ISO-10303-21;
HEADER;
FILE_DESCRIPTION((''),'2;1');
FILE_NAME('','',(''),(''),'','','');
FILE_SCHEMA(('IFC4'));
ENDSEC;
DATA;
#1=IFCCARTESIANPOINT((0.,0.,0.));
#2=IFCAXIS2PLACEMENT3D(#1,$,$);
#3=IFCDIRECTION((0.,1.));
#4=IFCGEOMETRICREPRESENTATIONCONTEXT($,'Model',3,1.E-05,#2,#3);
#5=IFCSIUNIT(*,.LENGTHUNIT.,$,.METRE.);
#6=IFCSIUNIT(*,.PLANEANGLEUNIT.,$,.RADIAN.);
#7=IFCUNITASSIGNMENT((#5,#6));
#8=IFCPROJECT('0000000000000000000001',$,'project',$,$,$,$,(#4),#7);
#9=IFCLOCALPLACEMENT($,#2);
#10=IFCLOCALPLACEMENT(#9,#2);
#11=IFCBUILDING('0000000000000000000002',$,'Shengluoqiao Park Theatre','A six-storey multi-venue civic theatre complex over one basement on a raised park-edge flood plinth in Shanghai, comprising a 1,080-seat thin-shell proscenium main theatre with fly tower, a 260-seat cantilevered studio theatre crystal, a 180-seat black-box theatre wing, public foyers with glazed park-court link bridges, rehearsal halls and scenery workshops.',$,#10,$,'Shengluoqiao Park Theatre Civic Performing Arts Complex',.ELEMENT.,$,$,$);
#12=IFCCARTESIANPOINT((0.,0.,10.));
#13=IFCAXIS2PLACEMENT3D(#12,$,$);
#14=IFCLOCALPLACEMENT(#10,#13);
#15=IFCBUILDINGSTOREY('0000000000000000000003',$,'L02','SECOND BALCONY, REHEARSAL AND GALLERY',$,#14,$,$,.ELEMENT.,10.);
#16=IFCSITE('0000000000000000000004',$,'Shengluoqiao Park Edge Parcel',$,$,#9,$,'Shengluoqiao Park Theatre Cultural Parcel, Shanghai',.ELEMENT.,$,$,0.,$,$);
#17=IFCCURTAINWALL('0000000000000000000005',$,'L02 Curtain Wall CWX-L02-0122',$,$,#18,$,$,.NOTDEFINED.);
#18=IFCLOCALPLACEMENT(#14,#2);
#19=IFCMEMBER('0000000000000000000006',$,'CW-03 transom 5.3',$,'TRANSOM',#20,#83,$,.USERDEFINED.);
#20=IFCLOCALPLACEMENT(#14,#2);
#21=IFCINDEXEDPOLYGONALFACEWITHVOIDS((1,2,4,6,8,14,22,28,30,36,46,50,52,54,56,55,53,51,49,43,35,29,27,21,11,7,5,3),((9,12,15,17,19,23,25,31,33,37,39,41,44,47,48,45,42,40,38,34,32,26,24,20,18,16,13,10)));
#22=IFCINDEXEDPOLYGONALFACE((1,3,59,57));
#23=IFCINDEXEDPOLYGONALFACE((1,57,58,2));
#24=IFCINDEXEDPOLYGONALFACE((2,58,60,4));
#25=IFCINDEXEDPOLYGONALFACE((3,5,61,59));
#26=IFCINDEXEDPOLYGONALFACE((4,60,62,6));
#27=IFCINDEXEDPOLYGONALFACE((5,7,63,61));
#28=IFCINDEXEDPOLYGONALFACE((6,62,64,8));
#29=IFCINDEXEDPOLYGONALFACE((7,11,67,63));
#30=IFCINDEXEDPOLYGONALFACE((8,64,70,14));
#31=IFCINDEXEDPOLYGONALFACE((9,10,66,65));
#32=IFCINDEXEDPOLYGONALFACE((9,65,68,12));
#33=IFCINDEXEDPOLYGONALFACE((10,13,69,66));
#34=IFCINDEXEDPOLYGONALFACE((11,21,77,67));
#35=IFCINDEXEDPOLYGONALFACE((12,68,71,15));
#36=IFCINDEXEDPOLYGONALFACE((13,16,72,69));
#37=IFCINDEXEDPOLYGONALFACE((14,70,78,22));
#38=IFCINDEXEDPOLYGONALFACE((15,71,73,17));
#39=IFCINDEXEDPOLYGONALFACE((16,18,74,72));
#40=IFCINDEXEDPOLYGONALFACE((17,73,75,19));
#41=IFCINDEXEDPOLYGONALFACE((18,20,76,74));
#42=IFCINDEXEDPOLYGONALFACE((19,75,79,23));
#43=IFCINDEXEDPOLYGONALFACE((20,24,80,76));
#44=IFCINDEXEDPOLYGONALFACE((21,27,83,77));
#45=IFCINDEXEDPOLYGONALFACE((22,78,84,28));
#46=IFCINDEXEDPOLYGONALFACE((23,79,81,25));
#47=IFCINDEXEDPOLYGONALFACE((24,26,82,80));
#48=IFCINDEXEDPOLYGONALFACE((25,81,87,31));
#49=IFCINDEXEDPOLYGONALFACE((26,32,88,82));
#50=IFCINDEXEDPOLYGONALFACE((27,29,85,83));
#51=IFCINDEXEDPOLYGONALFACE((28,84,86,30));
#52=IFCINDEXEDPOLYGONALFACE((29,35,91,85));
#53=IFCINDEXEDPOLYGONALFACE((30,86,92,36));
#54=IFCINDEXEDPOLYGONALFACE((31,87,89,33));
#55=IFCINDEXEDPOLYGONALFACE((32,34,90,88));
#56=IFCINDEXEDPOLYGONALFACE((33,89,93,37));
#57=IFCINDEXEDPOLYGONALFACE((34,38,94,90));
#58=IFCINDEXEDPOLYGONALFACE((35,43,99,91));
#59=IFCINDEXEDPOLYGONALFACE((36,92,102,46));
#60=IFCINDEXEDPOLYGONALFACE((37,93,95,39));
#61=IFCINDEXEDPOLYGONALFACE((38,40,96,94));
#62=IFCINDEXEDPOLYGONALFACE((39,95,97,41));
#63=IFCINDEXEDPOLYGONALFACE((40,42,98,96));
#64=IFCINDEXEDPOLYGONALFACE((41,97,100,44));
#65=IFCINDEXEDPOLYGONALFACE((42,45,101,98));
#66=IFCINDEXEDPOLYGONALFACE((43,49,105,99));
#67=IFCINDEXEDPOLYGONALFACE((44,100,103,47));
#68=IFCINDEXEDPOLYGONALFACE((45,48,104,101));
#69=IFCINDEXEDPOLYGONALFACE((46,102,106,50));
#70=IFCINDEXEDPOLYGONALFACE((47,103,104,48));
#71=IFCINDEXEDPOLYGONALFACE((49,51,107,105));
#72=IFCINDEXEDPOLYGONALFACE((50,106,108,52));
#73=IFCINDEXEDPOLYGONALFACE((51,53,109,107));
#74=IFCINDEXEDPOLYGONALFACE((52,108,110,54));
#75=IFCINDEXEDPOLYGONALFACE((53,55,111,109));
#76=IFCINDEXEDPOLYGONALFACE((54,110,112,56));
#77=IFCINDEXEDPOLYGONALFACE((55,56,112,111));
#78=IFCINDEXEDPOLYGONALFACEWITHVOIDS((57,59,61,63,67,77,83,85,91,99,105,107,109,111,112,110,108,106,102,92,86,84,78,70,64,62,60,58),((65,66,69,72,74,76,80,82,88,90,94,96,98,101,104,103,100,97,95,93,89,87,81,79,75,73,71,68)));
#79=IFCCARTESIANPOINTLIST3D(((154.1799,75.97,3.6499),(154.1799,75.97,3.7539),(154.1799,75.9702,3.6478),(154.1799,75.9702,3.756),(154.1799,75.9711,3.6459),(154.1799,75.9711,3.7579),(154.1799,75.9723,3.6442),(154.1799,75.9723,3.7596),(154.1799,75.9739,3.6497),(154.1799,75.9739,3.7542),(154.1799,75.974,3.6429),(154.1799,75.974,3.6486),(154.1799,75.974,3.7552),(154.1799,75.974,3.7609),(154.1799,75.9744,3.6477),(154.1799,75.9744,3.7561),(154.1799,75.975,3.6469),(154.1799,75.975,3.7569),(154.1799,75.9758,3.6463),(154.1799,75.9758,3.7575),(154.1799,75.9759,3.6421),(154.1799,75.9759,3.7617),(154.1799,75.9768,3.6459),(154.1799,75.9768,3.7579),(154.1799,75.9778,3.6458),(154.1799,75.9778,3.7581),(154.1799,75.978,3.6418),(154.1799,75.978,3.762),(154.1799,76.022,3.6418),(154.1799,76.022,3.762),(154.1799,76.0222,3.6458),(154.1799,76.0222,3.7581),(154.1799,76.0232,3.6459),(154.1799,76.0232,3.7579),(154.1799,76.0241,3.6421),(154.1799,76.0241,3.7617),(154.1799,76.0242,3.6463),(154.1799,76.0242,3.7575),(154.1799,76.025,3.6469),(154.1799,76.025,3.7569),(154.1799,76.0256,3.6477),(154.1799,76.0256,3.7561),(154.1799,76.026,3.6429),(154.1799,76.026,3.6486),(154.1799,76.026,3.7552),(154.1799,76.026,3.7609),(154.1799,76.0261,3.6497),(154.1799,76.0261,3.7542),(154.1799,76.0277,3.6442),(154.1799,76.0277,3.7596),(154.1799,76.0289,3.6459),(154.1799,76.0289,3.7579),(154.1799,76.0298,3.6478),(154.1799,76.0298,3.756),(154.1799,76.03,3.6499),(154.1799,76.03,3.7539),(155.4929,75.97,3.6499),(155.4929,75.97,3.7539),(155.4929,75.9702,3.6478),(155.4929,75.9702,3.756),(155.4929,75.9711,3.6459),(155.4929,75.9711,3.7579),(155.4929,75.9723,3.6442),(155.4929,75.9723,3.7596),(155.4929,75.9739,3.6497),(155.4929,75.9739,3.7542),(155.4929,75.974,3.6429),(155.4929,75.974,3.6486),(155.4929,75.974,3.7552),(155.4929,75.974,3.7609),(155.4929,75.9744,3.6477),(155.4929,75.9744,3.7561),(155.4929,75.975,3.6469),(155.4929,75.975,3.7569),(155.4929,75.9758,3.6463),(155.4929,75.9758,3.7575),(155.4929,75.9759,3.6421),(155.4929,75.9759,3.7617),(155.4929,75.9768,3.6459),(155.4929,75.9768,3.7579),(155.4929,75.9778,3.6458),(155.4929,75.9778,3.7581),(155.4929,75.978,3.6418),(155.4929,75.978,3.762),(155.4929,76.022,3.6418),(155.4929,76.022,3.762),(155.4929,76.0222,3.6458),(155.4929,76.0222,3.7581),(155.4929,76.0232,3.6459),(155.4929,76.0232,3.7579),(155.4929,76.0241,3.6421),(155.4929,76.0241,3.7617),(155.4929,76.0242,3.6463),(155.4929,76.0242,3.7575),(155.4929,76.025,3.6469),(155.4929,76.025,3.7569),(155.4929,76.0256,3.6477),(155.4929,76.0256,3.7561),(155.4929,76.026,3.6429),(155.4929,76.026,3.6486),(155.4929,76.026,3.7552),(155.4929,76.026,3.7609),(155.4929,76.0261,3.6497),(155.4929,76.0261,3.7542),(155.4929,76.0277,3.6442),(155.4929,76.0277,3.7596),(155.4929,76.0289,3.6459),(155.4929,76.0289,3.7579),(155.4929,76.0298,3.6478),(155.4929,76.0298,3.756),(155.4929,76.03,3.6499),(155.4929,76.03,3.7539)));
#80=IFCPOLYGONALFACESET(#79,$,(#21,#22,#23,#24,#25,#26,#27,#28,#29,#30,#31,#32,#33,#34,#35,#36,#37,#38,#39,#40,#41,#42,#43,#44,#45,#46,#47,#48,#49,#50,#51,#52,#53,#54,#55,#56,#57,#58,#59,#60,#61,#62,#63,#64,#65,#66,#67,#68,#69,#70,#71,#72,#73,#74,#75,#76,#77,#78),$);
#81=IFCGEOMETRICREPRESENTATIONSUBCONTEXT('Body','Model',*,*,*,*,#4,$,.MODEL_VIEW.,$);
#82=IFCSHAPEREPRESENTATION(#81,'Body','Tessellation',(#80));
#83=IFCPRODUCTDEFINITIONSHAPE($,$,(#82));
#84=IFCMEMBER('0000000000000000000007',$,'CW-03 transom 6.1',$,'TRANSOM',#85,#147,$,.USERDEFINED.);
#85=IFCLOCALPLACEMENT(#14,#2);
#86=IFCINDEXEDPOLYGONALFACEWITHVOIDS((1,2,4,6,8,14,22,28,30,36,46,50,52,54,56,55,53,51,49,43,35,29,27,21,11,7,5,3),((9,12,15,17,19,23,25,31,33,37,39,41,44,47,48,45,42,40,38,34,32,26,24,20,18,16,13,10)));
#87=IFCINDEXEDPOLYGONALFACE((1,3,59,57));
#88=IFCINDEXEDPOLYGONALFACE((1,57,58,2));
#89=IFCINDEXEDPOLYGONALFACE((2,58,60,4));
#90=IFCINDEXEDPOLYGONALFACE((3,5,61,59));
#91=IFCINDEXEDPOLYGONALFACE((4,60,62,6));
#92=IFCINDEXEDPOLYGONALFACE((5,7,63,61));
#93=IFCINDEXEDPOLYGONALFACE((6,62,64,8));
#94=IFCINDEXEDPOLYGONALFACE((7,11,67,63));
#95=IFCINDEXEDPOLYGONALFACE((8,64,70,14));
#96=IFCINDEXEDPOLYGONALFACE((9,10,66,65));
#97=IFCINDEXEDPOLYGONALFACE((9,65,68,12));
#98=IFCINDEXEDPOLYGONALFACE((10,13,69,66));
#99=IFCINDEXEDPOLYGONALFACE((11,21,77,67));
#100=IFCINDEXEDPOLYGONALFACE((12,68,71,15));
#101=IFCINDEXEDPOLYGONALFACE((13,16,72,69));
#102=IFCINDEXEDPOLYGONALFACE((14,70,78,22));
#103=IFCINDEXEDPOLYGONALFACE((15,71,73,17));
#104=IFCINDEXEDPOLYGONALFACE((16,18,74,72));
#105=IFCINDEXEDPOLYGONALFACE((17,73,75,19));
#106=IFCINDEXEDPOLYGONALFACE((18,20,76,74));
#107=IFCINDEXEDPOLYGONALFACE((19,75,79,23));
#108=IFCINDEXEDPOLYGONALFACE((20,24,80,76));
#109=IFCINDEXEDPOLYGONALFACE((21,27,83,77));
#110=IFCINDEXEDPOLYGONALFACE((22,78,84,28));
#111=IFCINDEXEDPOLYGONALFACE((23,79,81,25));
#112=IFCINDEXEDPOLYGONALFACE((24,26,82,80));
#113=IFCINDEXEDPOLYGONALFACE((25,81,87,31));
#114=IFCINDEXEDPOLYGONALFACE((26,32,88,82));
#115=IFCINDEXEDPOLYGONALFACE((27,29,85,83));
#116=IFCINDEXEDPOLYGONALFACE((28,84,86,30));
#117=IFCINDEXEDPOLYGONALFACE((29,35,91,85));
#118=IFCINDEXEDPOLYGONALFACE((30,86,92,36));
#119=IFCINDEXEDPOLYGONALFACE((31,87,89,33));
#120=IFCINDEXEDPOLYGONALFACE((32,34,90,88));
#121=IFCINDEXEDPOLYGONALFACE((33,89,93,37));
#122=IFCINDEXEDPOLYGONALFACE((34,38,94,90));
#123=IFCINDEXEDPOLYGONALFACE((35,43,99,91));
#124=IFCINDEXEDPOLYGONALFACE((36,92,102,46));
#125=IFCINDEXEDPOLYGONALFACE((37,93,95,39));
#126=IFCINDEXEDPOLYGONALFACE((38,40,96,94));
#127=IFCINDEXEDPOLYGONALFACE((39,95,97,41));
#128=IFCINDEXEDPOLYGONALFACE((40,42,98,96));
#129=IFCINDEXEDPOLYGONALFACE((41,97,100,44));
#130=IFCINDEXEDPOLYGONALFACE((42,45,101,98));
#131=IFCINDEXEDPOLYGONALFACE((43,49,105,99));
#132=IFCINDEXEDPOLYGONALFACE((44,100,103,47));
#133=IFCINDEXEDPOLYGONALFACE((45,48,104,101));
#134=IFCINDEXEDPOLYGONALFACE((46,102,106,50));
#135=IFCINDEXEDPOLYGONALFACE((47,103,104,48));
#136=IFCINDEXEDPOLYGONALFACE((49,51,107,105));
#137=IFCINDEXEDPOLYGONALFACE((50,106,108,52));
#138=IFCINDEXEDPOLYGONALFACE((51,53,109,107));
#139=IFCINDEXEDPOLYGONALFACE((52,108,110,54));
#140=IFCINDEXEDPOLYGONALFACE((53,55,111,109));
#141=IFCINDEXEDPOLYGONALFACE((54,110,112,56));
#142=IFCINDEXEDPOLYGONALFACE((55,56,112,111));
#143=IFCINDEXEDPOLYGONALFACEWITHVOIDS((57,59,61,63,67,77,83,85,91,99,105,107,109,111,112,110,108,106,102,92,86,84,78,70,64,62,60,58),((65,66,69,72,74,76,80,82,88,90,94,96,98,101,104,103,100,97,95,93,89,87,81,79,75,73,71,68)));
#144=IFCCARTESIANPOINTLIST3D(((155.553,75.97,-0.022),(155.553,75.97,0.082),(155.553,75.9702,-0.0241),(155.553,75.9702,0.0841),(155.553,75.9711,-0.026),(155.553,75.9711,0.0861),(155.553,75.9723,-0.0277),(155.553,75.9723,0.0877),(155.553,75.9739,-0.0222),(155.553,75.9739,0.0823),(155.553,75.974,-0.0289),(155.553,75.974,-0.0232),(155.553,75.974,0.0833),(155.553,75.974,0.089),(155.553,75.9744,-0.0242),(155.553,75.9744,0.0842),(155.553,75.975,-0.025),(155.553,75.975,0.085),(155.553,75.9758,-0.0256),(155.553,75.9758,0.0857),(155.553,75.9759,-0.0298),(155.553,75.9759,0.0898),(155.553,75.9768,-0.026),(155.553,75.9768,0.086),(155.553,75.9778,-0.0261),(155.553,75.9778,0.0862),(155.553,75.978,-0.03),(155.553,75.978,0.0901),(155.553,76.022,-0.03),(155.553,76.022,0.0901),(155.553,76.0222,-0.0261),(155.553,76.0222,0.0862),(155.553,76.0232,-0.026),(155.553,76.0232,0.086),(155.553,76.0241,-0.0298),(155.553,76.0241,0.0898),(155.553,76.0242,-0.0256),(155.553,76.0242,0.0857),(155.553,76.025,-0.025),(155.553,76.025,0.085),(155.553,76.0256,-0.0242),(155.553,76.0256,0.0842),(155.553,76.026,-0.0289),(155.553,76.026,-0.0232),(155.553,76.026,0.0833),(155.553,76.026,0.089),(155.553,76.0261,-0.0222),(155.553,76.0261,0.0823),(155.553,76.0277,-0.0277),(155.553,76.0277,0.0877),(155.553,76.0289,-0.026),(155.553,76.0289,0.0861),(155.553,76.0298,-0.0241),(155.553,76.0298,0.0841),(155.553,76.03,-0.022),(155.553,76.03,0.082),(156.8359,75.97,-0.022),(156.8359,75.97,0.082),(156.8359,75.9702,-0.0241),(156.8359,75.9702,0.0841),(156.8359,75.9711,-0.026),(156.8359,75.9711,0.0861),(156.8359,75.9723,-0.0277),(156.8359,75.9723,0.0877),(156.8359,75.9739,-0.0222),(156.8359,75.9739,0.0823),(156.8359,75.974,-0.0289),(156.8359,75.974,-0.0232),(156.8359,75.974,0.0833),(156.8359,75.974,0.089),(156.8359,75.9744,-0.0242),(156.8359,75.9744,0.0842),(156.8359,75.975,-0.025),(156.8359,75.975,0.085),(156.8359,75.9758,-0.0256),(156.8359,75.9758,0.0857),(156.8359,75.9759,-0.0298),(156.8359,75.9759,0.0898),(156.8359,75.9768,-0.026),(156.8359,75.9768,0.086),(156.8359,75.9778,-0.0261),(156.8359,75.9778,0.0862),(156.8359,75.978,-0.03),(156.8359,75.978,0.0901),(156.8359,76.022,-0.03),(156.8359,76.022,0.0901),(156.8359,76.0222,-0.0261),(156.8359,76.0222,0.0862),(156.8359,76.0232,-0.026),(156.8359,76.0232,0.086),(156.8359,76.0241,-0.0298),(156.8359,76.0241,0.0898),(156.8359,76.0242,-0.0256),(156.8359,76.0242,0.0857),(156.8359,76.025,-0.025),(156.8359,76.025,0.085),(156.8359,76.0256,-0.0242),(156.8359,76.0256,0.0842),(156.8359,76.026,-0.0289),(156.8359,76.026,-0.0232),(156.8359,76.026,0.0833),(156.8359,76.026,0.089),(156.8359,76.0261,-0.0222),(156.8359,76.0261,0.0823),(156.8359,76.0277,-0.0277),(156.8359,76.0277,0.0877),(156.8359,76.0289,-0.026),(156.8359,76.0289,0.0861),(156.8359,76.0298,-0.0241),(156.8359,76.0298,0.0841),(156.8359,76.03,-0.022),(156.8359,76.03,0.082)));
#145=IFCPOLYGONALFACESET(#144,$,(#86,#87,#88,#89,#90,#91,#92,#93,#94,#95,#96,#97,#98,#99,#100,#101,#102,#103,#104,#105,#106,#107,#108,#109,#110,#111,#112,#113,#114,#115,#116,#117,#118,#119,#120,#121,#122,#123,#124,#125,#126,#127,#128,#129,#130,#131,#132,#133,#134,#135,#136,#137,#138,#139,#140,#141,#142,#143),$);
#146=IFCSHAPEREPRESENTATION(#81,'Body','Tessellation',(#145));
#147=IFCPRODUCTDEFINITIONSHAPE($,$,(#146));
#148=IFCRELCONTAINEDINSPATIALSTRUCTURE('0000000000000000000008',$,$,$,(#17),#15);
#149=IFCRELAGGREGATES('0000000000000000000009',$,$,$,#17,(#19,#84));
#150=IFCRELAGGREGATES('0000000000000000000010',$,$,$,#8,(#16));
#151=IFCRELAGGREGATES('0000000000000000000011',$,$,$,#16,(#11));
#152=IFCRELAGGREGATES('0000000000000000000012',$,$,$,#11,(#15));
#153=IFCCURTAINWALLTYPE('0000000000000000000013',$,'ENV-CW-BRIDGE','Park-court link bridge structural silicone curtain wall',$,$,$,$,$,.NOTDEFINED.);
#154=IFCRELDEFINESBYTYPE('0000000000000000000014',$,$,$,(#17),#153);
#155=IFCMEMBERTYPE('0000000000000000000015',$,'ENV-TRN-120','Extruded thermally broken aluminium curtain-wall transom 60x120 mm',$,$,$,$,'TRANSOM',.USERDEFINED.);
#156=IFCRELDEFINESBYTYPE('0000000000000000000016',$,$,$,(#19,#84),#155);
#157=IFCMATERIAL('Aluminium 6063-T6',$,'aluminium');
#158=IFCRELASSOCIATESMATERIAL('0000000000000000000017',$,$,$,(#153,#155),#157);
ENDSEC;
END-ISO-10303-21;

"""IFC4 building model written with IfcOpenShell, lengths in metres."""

from ifc_helpers import new_model, si_unit, direction, frame, origin, origin_2d, place, context, subcontext, project, spatial, hollow_rectangle, extrude, material, material_profile, profile_set, type_object, element, aggregate, save


model = new_model("IFC4")

# Units and contexts
model_context = context("Model", 3, precision=1e-05, world=origin(), true_north=direction((0.0, 1.0)))
body_context = subcontext(model_context, "Body", "Model", "MODEL_VIEW")
ifc_project = project(units=[si_unit("LENGTHUNIT", "METRE"), si_unit("PLANEANGLEUNIT", "RADIAN")], contexts=[model_context])

# Site, building, storey
site_placement = place(None, origin())
site = spatial("IfcSite", under=ifc_project, at=site_placement, Name="Shengluoqiao Park Edge Parcel", LongName="Shengluoqiao Park Theatre Cultural Parcel, Shanghai", CompositionType="ELEMENT", RefElevation=0.0)
building_placement = place(site_placement, origin())
building = spatial("IfcBuilding", under=site, at=building_placement, Name="Shengluoqiao Park Theatre", Description="A six-storey multi-venue civic theatre complex over one basement on a raised park-edge flood plinth in Shanghai, comprising a 1,080-seat thin-shell proscenium main theatre with fly tower, a 260-seat cantilevered studio theatre crystal, a 180-seat black-box theatre wing, public foyers with glazed park-court link bridges, rehearsal halls and scenery workshops.", LongName="Shengluoqiao Park Theatre Civic Performing Arts Complex", CompositionType="ELEMENT")
storey_placement = place(building_placement, frame((0.0, 0.0, 10.0)))
storey = spatial("IfcBuildingStorey", under=building, at=storey_placement, Name="L02", Description="SECOND BALCONY, REHEARSAL AND GALLERY", CompositionType="ELEMENT", Elevation=10.0)

# Curtain wall, members
ifc_material_1 = material(Name="Aluminium 6063-T6", Category="aluminium")
curtain_wall_type = type_object("IfcCurtainWallType", Name="ENV-CW-BRIDGE", Description="Park-court link bridge structural silicone curtain wall", PredefinedType="NOTDEFINED", material=ifc_material_1)
curtain_wall_placement = place(storey_placement, origin())
curtain_wall = element("IfcCurtainWall", 1, at=curtain_wall_placement, inside=storey, type_object=curtain_wall_type, Name="L02 Curtain Wall CWX-L02-0122", PredefinedType="NOTDEFINED")
ifc_material_profile_1 = material_profile(ifc_material_1, hollow_rectangle(XDim=0.0601, YDim=0.1201, WallThickness=0.0039, InnerFilletRadius=0.0039, OuterFilletRadius=0.0081, at=origin_2d()), Name="ALU TRANSOM 120x60x4")
ifc_profile_set_1 = profile_set([ifc_material_profile_1], Name="Aluminium 6063-T6")
member_type_1 = type_object("IfcMemberType", Name="ENV-TRN-120", Description="Extruded thermally broken aluminium curtain-wall transom 60x120 mm", ElementType="TRANSOM", PredefinedType="USERDEFINED", material=ifc_profile_set_1)
member_1_placement = place(storey_placement, frame((154.1799, 76.0, 3.7019), z_axis=(1.0, 0.0, 0.0), x_axis=(0.0, 1.0, 0.0)))
member_1 = element("IfcMember", 2, at=member_1_placement, type_object=member_type_1, Name="CW-03 transom 5.3", ObjectType="TRANSOM", PredefinedType="USERDEFINED", context=body_context, shape_type="SweptSolid", body=[
    extrude(hollow_rectangle(XDim=0.0601, YDim=0.1201, WallThickness=0.0039, InnerFilletRadius=0.0039, OuterFilletRadius=0.0081, at=origin_2d()), origin(), (0.0, 0.0, 1.0), 1.313),
])
member_2_placement = place(storey_placement, frame((155.553, 76.0, 0.03), z_axis=(1.0, 0.0, 0.0), x_axis=(0.0, 1.0, 0.0)))
member_2 = element("IfcMember", 3, at=member_2_placement, type_object=member_type_1, Name="CW-03 transom 6.1", ObjectType="TRANSOM", PredefinedType="USERDEFINED", context=body_context, shape_type="SweptSolid", body=[
    extrude(hollow_rectangle(XDim=0.0601, YDim=0.1201, WallThickness=0.0039, InnerFilletRadius=0.0039, OuterFilletRadius=0.0081, at=origin_2d()), origin(), (0.0, 0.0, 1.0), 1.283),
])
aggregate(curtain_wall, [member_1, member_2])

save(model, "model.ifc")
